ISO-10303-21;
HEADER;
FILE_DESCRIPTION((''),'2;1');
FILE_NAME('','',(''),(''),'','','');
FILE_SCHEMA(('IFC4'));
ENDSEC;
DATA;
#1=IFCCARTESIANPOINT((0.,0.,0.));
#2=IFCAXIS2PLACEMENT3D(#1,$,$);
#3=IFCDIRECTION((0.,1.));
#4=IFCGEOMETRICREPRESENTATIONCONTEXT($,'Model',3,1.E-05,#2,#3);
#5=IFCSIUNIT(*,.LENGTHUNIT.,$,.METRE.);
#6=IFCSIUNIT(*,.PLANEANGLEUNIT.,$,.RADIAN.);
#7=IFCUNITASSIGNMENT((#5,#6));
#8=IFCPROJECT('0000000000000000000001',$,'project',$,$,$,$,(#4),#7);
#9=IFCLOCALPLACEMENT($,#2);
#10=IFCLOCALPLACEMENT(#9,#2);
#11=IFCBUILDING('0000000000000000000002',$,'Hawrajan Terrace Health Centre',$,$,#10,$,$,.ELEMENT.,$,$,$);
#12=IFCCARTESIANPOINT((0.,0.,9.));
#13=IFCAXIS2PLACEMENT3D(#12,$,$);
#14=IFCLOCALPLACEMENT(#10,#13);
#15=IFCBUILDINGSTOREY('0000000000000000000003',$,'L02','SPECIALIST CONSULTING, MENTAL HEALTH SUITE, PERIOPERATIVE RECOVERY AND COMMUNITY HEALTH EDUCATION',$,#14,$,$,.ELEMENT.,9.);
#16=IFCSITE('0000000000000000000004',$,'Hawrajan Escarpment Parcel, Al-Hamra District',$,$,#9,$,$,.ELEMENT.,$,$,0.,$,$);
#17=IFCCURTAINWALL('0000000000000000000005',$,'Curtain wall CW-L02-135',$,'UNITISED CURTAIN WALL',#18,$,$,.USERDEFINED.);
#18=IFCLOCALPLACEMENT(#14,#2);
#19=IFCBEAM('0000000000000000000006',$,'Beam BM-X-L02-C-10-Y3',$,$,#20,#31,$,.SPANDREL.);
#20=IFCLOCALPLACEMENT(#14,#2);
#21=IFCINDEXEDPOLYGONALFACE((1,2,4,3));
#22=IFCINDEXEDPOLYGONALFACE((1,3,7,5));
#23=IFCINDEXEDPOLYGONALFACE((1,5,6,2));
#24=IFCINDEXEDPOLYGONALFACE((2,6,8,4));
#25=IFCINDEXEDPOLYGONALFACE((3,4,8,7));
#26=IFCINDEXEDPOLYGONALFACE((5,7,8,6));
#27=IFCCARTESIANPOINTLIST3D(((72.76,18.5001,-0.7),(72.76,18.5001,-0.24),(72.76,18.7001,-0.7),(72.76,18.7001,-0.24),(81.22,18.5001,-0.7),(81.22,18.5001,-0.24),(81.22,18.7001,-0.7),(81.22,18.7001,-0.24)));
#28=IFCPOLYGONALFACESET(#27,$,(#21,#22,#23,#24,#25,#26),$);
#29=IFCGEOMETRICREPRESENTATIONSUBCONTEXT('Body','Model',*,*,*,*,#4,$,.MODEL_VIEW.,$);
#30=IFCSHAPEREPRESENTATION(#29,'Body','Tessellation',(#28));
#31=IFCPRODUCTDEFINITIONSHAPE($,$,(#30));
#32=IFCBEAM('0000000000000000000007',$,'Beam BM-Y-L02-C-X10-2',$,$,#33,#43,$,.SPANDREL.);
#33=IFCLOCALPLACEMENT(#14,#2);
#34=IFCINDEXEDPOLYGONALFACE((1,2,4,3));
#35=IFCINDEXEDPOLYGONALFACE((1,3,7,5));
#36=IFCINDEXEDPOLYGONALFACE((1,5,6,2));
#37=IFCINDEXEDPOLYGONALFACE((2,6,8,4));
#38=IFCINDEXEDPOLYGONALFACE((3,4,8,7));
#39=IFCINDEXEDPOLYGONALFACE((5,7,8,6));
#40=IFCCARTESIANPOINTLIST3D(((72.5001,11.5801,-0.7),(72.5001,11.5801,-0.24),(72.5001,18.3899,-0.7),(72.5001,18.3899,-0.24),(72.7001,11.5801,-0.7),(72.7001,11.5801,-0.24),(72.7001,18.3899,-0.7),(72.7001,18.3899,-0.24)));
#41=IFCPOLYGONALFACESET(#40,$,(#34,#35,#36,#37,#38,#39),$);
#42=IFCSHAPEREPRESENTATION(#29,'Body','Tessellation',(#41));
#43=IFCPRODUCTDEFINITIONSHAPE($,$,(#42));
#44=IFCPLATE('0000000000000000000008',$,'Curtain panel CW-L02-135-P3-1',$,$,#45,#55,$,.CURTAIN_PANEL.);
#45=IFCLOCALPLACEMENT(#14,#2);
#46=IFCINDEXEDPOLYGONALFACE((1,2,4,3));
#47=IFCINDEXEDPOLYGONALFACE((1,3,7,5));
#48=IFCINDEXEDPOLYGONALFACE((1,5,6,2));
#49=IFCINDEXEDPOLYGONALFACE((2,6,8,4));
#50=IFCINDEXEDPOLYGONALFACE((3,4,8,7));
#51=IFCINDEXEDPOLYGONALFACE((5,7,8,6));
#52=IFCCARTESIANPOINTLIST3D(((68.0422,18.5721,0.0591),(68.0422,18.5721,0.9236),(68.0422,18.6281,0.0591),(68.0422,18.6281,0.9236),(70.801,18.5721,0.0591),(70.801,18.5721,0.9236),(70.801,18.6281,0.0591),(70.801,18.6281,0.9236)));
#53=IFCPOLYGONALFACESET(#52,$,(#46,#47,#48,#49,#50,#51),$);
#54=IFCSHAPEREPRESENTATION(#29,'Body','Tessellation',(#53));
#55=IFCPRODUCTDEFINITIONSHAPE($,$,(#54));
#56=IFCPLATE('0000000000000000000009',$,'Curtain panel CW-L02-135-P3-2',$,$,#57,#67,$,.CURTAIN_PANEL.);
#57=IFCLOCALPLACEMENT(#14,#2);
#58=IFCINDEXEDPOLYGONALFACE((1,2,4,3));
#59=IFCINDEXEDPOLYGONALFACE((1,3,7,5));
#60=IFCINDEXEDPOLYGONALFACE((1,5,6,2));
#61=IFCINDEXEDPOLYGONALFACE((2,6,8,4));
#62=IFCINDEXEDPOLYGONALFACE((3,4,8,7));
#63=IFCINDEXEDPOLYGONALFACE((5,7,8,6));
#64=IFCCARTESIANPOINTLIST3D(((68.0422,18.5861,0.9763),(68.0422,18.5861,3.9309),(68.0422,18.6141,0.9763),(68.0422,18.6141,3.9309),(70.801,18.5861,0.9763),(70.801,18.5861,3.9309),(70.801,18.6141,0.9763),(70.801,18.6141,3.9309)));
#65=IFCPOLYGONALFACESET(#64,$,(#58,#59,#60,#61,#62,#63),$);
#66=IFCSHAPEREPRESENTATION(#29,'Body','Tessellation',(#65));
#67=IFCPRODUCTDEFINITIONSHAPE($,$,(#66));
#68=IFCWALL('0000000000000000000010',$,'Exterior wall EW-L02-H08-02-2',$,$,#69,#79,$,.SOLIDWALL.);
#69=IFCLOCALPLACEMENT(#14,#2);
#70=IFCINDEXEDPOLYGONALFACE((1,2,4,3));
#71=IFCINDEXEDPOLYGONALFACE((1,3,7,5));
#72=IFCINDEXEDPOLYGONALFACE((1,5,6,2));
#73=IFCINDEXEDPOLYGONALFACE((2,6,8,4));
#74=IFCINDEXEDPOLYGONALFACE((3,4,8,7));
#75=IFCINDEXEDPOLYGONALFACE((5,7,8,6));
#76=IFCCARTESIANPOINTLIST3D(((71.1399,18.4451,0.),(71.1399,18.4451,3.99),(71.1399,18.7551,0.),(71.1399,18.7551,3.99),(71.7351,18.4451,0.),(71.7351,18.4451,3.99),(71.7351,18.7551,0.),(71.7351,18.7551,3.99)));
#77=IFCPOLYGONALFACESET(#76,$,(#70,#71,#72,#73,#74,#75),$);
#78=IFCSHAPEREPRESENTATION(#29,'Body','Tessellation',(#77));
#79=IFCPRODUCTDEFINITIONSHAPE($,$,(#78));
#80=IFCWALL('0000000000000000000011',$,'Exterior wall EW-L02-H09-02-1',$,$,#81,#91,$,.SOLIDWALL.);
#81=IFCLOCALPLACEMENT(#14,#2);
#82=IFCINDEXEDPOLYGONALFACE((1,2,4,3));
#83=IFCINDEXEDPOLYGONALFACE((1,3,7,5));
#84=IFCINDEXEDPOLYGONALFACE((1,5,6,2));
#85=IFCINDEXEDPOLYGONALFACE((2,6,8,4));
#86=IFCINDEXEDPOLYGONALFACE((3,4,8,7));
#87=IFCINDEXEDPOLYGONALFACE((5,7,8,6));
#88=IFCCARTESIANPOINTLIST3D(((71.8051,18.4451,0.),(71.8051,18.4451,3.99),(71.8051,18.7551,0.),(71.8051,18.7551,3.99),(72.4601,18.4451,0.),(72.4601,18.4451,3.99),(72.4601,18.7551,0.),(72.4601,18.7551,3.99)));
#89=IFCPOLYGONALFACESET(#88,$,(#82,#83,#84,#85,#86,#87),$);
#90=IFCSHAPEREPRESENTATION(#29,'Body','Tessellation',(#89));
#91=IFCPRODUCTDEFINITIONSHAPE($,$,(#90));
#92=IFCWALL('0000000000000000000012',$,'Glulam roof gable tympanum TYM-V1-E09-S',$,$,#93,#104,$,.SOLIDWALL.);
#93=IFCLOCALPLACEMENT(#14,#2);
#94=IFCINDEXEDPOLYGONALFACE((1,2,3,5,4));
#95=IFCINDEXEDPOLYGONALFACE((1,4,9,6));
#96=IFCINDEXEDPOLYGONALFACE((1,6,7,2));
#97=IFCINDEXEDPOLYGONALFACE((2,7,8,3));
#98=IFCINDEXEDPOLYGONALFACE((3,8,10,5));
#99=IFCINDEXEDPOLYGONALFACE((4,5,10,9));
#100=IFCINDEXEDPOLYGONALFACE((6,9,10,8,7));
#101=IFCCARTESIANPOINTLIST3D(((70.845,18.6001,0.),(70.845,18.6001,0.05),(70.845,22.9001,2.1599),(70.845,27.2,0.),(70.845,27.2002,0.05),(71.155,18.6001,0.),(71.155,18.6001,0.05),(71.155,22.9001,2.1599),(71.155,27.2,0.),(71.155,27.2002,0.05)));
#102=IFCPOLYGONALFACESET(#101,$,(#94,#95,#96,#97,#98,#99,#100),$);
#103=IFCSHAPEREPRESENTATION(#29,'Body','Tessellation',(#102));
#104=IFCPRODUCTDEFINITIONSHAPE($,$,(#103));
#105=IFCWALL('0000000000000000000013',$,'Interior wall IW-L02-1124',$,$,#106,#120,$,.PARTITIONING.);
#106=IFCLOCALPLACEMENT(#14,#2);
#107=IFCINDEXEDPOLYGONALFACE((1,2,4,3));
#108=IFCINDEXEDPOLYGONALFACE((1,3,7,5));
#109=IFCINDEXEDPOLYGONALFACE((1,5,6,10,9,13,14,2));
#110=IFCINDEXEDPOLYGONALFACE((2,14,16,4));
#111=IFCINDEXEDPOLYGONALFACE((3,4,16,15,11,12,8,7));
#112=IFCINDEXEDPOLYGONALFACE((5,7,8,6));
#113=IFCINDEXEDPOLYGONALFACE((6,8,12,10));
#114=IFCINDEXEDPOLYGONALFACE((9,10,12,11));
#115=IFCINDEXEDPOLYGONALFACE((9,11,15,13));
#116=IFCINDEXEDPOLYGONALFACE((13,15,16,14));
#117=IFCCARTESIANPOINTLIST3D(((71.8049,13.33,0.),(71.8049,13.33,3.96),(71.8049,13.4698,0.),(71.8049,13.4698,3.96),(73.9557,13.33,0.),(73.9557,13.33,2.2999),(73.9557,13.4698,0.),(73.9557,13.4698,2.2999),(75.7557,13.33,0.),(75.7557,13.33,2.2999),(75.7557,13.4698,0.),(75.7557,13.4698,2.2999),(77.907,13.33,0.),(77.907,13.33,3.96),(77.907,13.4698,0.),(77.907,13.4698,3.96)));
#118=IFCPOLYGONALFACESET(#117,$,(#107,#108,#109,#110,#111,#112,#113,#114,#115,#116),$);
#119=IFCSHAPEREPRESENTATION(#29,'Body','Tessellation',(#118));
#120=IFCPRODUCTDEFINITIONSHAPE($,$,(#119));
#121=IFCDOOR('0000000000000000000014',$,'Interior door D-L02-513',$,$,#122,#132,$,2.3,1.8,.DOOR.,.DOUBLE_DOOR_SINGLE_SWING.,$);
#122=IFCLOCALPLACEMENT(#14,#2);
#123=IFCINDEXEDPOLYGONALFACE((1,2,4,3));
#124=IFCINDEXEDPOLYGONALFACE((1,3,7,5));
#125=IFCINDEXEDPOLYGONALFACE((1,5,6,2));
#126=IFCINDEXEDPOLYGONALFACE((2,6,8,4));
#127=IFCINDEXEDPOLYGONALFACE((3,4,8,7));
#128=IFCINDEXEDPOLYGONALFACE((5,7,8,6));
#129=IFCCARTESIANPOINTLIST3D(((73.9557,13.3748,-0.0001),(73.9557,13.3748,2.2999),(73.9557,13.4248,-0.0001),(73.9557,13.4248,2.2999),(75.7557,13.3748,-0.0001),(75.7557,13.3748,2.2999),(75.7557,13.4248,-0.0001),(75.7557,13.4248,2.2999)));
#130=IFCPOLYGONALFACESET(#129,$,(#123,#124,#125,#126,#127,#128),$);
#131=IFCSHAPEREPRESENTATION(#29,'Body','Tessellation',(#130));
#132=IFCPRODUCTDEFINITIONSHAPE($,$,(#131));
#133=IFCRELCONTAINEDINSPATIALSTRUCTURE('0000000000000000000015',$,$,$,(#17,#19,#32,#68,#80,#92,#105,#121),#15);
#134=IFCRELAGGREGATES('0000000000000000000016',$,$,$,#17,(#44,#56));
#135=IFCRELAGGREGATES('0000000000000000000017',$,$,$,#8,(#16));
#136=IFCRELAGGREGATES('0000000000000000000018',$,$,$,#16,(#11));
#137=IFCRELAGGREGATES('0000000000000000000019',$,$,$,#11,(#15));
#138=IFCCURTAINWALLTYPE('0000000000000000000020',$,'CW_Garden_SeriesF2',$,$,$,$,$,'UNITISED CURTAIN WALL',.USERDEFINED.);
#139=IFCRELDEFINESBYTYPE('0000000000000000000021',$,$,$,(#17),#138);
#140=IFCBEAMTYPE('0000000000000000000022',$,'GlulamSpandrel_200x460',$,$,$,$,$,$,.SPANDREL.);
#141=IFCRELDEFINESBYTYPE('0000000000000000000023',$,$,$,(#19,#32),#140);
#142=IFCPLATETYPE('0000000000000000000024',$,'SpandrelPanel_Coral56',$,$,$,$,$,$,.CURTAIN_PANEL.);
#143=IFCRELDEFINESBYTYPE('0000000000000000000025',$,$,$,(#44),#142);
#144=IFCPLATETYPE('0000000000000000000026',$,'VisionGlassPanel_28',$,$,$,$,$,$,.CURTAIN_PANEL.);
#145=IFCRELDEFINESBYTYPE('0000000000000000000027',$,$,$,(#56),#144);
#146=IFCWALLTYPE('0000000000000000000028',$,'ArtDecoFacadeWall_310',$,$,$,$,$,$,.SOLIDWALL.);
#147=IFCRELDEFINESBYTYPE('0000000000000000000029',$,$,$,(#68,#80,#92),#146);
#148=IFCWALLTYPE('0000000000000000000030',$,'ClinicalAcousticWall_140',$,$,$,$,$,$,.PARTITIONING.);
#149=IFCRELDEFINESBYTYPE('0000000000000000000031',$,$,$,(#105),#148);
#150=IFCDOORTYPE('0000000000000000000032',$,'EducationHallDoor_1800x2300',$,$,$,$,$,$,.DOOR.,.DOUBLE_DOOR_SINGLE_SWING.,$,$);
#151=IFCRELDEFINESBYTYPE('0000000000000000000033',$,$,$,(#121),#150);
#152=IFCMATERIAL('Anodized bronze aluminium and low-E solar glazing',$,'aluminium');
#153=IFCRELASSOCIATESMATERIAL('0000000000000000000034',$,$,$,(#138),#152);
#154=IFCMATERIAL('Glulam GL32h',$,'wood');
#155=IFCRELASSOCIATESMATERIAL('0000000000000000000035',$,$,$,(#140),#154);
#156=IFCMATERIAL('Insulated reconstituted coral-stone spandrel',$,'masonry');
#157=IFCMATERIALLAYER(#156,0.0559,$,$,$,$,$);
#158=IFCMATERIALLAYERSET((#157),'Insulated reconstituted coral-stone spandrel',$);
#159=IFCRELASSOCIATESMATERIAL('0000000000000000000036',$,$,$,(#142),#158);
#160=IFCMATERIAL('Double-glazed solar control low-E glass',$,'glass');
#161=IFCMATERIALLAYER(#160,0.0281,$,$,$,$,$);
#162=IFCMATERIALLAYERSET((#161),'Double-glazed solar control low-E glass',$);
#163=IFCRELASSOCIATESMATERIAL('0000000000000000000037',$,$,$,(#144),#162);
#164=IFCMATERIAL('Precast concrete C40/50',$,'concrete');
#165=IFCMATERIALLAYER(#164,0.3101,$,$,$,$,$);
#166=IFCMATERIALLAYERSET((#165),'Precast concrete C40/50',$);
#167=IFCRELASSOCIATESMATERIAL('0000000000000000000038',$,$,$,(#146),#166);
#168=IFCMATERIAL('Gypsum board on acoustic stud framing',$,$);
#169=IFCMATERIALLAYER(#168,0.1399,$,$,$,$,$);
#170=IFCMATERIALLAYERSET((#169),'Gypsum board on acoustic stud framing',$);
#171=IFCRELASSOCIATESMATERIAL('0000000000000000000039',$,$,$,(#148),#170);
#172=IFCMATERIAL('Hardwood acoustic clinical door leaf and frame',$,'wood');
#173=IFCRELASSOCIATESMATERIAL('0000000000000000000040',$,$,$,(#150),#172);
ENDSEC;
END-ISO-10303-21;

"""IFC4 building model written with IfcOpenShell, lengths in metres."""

from ifc_helpers import new_model, si_unit, direction, frame, frame_2d, origin, origin_2d, place, context, subcontext, project, spatial, polyline, rectangle, outline, extrude, material, layer, layer_set, material_profile, profile_set, type_object, element, fill, aggregate, save


model = new_model("IFC4")

# Units and contexts
model_context = context("Model", 3, precision=1e-05, world=origin(), true_north=direction((0.0, 1.0)))
body_context = subcontext(model_context, "Body", "Model", "MODEL_VIEW")
ifc_project = project(units=[si_unit("LENGTHUNIT", "METRE"), si_unit("PLANEANGLEUNIT", "RADIAN")], contexts=[model_context])

# Site, building, storey
site_placement = place(None, origin())
site = spatial("IfcSite", under=ifc_project, at=site_placement, Name="Hawrajan Escarpment Parcel, Al-Hamra District", CompositionType="ELEMENT", RefElevation=0.0)
building_placement = place(site_placement, origin())
building = spatial("IfcBuilding", under=site, at=building_placement, Name="Hawrajan Terrace Health Centre", CompositionType="ELEMENT")
storey_placement = place(building_placement, frame((0.0, 0.0, 9.0)))
storey = spatial("IfcBuildingStorey", under=building, at=storey_placement, Name="L02", Description="SPECIALIST CONSULTING, MENTAL HEALTH SUITE, PERIOPERATIVE RECOVERY AND COMMUNITY HEALTH EDUCATION", CompositionType="ELEMENT", Elevation=9.0)

# Shared definitions
ifc_material_1 = material(Name="Glulam GL32h", Category="wood")

# Curtain wall
ifc_material_2 = material(Name="Anodized bronze aluminium and low-E solar glazing", Category="aluminium")
curtain_wall_type_1 = type_object("IfcCurtainWallType", Name="CW_Garden_SeriesF2", ElementType="UNITISED CURTAIN WALL", PredefinedType="USERDEFINED", material=ifc_material_2)
curtain_wall_1_placement = place(storey_placement, origin())
curtain_wall_1 = element("IfcCurtainWall", 1, at=curtain_wall_1_placement, inside=storey, type_object=curtain_wall_type_1, Name="Curtain wall CW-L02-135", ObjectType="UNITISED CURTAIN WALL", PredefinedType="USERDEFINED")

# Beams
ifc_material_profile_1 = material_profile(ifc_material_1, rectangle(XDim=0.2, YDim=0.46, at=origin_2d()), Name="GL SP 200x460")
ifc_profile_set_1 = profile_set([ifc_material_profile_1], Name="Glulam GL32h")
beam_type_1 = type_object("IfcBeamType", Name="GlulamSpandrel_200x460", PredefinedType="SPANDREL", material=ifc_profile_set_1)
beam_1_placement = place(storey_placement, frame((72.76, 18.6001, -0.47), z_axis=(1.0, 0.0, 0.0), x_axis=(0.0, 1.0, 0.0)))
element("IfcBeam", 2, at=beam_1_placement, inside=storey, type_object=beam_type_1, Name="Beam BM-X-L02-C-10-Y3", PredefinedType="SPANDREL", context=body_context, shape_type="SweptSolid", body=[
    extrude(rectangle(XDim=0.2, YDim=0.46, at=origin_2d()), origin(), (0.0, 0.0, 1.0), 8.46),
])
beam_2_placement = place(storey_placement, frame((72.6001, 11.5801, -0.47), z_axis=(0.0, 1.0, 0.0), x_axis=(-1.0, 0.0, 0.0)))
element("IfcBeam", 3, at=beam_2_placement, inside=storey, type_object=beam_type_1, Name="Beam BM-Y-L02-C-X10-2", PredefinedType="SPANDREL", context=body_context, shape_type="SweptSolid", body=[
    extrude(rectangle(XDim=0.2, YDim=0.46, at=origin_2d()), origin(), (0.0, 0.0, 1.0), 6.8098),
])

# Plates
ifc_material_3 = material(Name="Insulated reconstituted coral-stone spandrel", Category="masonry")
ifc_layer_1 = layer(ifc_material_3, 0.0559)
ifc_layer_set_1 = layer_set([ifc_layer_1], Name="Insulated reconstituted coral-stone spandrel")
plate_type_1 = type_object("IfcPlateType", Name="SpandrelPanel_Coral56", PredefinedType="CURTAIN_PANEL", material=ifc_layer_set_1)
plate_1_placement = place(storey_placement, frame((69.4216, 18.6001, 0.0591), z_axis=(0.0, 0.0, 1.0), x_axis=(1.0, 0.0, 0.0)))
plate_1 = element("IfcPlate", 4, at=plate_1_placement, type_object=plate_type_1, Name="Curtain panel CW-L02-135-P3-1", PredefinedType="CURTAIN_PANEL", context=body_context, shape_type="SweptSolid", body=[
    extrude(rectangle(XDim=2.7588, YDim=0.0559, at=origin_2d()), origin(), (0.0, 0.0, 1.0), 0.8645),
])
ifc_material_4 = material(Name="Double-glazed solar control low-E glass", Category="glass")
ifc_layer_2 = layer(ifc_material_4, 0.0281)
ifc_layer_set_2 = layer_set([ifc_layer_2], Name="Double-glazed solar control low-E glass")
plate_type_2 = type_object("IfcPlateType", Name="VisionGlassPanel_28", PredefinedType="CURTAIN_PANEL", material=ifc_layer_set_2)
plate_2_placement = place(storey_placement, frame((69.4216, 18.6001, 0.9763), z_axis=(0.0, 0.0, 1.0), x_axis=(1.0, 0.0, 0.0)))
plate_2 = element("IfcPlate", 5, at=plate_2_placement, type_object=plate_type_2, Name="Curtain panel CW-L02-135-P3-2", PredefinedType="CURTAIN_PANEL", context=body_context, shape_type="SweptSolid", body=[
    extrude(rectangle(XDim=2.7588, YDim=0.0281, at=origin_2d()), origin(), (0.0, 0.0, 1.0), 2.9546),
])
aggregate(curtain_wall_1, [plate_1, plate_2])

# Walls
ifc_material_5 = material(Name="Precast concrete C40/50", Category="concrete")
ifc_layer_3 = layer(ifc_material_5, 0.3101)
ifc_layer_set_3 = layer_set([ifc_layer_3], Name="Precast concrete C40/50")
wall_type_1 = type_object("IfcWallType", Name="ArtDecoFacadeWall_310", PredefinedType="SOLIDWALL", material=ifc_layer_set_3)
wall_1_placement = place(storey_placement, frame((71.1399, 18.6001, 0.0), z_axis=(0.0, 0.0, 1.0), x_axis=(1.0, 0.0, 0.0)))
element("IfcWall", 6, at=wall_1_placement, inside=storey, type_object=wall_type_1, Name="Exterior wall EW-L02-H08-02-2", PredefinedType="SOLIDWALL", context=body_context, shape_type="SweptSolid", body=[
    extrude(rectangle(XDim=0.5952, YDim=0.3101, at=frame_2d((0.2976, 0.0))), origin(), (0.0, 0.0, 1.0), 3.99),
])
wall_2_placement = place(storey_placement, frame((71.8049, 18.6001, 0.0), z_axis=(0.0, 0.0, 1.0), x_axis=(1.0, 0.0, 0.0)))
element("IfcWall", 7, at=wall_2_placement, inside=storey, type_object=wall_type_1, Name="Exterior wall EW-L02-H09-02-1", PredefinedType="SOLIDWALL", context=body_context, shape_type="SweptSolid", body=[
    extrude(rectangle(XDim=0.655, YDim=0.3101, at=frame_2d((0.3276, 0.0))), origin(), (0.0, 0.0, 1.0), 3.99),
])
wall_3_placement = place(storey_placement, frame((71.0, 18.6001, 0.0), z_axis=(0.0, 0.0, 1.0), x_axis=(0.0, 1.0, 0.0)))
element("IfcWall", 8, at=wall_3_placement, inside=storey, type_object=wall_type_1, Name="Glulam roof gable tympanum TYM-V1-E09-S", PredefinedType="SOLIDWALL", context=body_context, shape_type="SweptSolid", body=[
    extrude(outline(polyline([(0.0, 0.0), (8.5999, 0.0), (8.6001, 0.05), (4.3, 2.1599), (0.0, 0.05), (0.0, 0.0)])), frame((0.0, 0.155, 0.0), z_axis=(0.0, -1.0, 0.0), x_axis=(1.0, 0.0, 0.0)), (0.0, 0.0, 1.0), 0.3101),
])

# Wall, opening, door
ifc_material_6 = material(Name="Gypsum board on acoustic stud framing")
ifc_layer_4 = layer(ifc_material_6, 0.1399)
ifc_layer_set_4 = layer_set([ifc_layer_4], Name="Gypsum board on acoustic stud framing")
wall_type_2 = type_object("IfcWallType", Name="ClinicalAcousticWall_140", PredefinedType="PARTITIONING", material=ifc_layer_set_4)
wall_4_placement = place(storey_placement, frame((71.8049, 13.3999, 0.0), z_axis=(0.0, 0.0, 1.0), x_axis=(1.0, 0.0, 0.0)))
wall_4 = element("IfcWall", 9, at=wall_4_placement, inside=storey, type_object=wall_type_2, Name="Interior wall IW-L02-1124", PredefinedType="PARTITIONING", context=body_context, shape_type="SweptSolid", body=[
    extrude(rectangle(XDim=6.1021, YDim=0.1399, at=frame_2d((3.051, 0.0))), origin(), (0.0, 0.0, 1.0), 3.96),
])
opening_placement = place(wall_4_placement, frame((2.1509, 0.0, 0.0)))
opening = element("IfcOpeningElement", 10, at=opening_placement, cuts=wall_4, PredefinedType="OPENING", context=body_context, shape_type="SweptSolid", body=[
    extrude(rectangle(XDim=1.8, YDim=2.3, at=frame_2d((0.8999, 1.1499))), frame((0.0, 0.0798, 0.0), z_axis=(0.0, -1.0, 0.0), x_axis=(1.0, 0.0, 0.0)), (0.0, 0.0, 1.0), 0.1599),
])
ifc_material_7 = material(Name="Hardwood acoustic clinical door leaf and frame", Category="wood")
door_type = type_object("IfcDoorType", Name="EducationHallDoor_1800x2300", OperationType="DOUBLE_DOOR_SINGLE_SWING", PredefinedType="DOOR", material=ifc_material_7)
door_placement = place(opening_placement, origin())
door = element("IfcDoor", 11, at=door_placement, inside=storey, type_object=door_type, Name="Interior door D-L02-513", OperationType="DOUBLE_DOOR_SINGLE_SWING", OverallHeight=2.3, OverallWidth=1.8, PredefinedType="DOOR", context=body_context, shape_type="SweptSolid", body=[
    extrude(rectangle(XDim=1.8, YDim=2.3, at=frame_2d((0.8999, 1.1499))), frame((0.0, 0.0249, 0.0), z_axis=(0.0, -1.0, 0.0), x_axis=(1.0, 0.0, 0.0)), (0.0, 0.0, 1.0), 0.05),
])
fill(opening, door)

save(model, "model.ifc")
